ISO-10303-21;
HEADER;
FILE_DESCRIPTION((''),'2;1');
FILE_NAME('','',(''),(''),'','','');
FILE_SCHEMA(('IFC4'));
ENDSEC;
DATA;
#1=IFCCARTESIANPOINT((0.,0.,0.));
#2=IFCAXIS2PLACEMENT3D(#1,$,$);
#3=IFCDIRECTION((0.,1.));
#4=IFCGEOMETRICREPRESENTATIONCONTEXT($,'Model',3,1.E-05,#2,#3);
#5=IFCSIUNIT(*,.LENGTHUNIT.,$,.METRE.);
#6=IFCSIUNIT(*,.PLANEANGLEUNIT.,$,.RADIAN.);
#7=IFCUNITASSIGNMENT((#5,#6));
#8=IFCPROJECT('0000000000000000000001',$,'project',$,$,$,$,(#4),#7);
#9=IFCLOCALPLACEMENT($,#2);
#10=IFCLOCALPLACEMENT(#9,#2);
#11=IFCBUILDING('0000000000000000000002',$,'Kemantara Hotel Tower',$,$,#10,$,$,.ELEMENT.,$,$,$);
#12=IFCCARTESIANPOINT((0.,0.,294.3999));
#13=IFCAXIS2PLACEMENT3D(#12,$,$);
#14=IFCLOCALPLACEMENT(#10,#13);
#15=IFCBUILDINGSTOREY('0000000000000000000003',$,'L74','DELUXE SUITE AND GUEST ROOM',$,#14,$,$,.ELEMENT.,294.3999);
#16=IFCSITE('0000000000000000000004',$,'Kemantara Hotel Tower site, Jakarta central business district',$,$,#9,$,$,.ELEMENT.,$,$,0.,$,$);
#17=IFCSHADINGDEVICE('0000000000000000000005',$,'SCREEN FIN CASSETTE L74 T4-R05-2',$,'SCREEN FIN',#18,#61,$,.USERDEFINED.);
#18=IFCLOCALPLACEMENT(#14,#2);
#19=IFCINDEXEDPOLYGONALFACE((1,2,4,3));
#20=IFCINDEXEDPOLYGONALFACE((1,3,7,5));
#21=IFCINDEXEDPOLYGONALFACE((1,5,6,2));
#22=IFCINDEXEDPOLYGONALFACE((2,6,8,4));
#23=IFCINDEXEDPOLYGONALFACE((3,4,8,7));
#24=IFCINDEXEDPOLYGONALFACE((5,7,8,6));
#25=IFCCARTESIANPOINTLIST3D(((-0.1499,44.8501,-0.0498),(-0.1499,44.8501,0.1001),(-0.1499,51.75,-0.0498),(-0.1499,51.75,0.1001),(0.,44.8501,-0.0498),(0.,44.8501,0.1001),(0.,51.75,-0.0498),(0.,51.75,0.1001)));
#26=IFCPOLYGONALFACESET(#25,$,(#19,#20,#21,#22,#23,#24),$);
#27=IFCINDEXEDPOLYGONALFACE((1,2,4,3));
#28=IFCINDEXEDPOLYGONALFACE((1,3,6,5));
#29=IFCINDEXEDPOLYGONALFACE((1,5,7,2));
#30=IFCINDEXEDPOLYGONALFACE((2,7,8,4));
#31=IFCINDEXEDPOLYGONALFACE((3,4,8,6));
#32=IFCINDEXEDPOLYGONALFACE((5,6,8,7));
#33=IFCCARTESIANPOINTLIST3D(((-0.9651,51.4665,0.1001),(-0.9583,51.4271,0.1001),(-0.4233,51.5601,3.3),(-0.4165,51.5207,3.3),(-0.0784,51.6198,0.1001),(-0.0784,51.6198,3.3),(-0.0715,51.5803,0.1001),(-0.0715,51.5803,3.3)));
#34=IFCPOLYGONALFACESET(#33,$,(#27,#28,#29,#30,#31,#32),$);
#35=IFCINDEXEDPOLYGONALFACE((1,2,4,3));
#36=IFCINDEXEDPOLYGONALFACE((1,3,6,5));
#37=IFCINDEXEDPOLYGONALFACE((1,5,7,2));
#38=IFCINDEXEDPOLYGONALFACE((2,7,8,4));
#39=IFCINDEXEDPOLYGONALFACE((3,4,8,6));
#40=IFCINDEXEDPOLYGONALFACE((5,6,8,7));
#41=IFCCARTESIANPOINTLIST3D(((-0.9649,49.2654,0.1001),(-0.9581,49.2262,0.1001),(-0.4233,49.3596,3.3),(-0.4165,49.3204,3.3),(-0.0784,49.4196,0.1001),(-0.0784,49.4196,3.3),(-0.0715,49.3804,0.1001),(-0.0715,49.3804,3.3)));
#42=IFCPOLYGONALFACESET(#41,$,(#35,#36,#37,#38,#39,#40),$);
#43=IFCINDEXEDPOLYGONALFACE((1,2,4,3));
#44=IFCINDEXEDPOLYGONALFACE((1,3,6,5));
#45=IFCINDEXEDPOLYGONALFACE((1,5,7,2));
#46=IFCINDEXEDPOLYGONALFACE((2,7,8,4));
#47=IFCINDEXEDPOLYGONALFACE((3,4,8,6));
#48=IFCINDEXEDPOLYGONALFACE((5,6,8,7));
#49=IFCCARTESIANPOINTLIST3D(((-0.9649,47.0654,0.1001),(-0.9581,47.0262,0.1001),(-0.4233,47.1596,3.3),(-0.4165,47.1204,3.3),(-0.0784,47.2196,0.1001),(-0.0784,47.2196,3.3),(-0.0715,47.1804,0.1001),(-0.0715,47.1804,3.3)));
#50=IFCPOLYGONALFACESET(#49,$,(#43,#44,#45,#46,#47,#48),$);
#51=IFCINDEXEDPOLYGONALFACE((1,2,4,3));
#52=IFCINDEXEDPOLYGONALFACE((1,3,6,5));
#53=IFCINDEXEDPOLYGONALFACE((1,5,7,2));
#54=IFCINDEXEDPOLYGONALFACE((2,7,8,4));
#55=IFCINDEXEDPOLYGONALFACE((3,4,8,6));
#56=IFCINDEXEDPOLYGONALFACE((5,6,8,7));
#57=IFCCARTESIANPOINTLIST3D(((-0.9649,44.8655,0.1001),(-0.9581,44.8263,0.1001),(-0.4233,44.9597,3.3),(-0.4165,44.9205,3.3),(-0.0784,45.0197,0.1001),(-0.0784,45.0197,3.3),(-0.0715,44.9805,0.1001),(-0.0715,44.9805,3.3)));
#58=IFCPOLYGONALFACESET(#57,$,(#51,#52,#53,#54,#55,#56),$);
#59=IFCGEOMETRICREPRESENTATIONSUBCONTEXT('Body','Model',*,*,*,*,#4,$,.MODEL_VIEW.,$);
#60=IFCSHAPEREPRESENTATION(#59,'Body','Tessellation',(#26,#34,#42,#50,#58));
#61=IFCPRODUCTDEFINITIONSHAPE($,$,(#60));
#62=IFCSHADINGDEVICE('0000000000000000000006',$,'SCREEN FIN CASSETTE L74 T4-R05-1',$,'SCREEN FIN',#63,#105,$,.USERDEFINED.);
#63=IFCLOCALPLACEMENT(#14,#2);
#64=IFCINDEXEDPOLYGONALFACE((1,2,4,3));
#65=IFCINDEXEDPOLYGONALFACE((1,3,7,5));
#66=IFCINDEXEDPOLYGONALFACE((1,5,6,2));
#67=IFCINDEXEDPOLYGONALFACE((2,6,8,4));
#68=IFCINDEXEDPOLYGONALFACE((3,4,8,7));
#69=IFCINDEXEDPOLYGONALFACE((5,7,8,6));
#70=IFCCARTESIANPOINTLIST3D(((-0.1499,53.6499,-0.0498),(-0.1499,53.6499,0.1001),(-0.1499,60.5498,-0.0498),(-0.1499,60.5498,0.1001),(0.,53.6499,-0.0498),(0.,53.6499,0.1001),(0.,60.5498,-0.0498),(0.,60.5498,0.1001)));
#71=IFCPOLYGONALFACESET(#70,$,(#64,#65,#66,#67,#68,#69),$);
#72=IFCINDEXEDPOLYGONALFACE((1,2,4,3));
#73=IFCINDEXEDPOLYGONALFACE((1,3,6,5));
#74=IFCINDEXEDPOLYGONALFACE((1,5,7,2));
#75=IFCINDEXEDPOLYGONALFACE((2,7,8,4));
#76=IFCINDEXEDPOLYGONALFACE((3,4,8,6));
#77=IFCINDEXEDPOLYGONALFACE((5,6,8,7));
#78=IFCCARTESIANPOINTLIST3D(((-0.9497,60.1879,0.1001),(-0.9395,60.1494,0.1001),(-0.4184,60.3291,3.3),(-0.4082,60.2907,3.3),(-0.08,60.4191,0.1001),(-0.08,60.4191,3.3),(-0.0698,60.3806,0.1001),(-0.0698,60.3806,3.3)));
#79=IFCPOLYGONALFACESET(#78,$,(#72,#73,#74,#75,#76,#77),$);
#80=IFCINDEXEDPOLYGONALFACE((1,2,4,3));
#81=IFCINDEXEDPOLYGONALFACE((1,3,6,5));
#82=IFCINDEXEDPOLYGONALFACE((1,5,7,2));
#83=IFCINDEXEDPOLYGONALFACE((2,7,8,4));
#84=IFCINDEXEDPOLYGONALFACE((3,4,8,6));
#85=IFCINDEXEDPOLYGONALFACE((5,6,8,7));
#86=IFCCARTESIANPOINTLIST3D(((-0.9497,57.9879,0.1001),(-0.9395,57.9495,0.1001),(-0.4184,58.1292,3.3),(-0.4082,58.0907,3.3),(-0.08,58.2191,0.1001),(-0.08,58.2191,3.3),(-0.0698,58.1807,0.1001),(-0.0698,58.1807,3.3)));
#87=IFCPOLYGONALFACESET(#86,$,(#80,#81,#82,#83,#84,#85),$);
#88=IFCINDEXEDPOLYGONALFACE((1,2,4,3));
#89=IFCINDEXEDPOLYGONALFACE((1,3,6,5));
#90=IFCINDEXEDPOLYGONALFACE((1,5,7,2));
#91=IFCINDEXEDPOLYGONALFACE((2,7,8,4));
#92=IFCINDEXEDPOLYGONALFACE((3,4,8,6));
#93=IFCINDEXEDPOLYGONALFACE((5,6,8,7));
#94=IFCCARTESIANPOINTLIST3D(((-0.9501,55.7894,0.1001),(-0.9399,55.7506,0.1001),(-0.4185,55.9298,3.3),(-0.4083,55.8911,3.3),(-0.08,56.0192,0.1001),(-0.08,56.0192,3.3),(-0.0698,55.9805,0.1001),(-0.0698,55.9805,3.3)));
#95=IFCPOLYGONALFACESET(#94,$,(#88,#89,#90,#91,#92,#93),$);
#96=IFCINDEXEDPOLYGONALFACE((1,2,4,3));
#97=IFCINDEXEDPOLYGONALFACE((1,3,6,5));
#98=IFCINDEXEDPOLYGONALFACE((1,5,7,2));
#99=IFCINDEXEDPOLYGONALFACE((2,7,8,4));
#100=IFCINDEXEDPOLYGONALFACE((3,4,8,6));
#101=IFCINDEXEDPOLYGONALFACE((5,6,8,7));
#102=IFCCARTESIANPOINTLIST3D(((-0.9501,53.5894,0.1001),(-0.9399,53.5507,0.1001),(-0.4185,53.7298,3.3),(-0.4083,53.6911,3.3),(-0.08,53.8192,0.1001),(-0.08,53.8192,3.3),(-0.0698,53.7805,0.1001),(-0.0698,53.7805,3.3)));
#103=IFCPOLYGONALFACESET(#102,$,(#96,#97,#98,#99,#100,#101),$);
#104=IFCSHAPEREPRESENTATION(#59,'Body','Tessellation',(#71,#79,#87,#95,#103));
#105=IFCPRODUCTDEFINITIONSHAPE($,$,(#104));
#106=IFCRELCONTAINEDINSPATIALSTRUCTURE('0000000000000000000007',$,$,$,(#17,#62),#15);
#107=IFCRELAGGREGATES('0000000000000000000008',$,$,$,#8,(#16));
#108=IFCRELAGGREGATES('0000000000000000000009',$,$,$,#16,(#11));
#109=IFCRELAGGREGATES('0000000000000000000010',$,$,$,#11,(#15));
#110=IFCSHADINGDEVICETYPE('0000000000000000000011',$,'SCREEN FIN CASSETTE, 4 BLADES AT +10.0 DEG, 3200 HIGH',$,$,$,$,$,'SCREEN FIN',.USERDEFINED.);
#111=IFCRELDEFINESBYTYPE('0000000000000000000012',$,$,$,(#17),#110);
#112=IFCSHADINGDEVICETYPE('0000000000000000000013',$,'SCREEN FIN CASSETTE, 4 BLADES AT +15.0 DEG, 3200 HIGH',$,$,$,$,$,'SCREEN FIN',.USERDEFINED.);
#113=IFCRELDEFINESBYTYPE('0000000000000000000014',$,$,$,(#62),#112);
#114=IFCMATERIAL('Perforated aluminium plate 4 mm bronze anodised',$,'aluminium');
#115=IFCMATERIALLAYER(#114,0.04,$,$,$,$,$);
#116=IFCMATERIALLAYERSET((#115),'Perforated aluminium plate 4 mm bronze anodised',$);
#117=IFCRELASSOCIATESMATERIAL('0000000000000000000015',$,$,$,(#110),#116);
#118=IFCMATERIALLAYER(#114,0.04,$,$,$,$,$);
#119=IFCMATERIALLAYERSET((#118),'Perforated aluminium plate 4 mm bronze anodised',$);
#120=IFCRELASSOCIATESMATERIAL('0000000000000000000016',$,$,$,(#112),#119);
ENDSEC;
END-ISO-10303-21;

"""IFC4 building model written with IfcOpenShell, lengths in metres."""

from ifc_helpers import new_model, si_unit, direction, frame, origin, origin_2d, place, context, subcontext, project, spatial, polyline, rectangle, outline, extrude, source, transform, mapped, material, layer, layer_set, type_object, element, save


model = new_model("IFC4")

# Units and contexts
model_context = context("Model", 3, precision=1e-05, world=origin(), true_north=direction((0.0, 1.0)))
body_context = subcontext(model_context, "Body", "Model", "MODEL_VIEW")
ifc_project = project(units=[si_unit("LENGTHUNIT", "METRE"), si_unit("PLANEANGLEUNIT", "RADIAN")], contexts=[model_context])

# Site, building, storey
site_placement = place(None, origin())
site = spatial("IfcSite", under=ifc_project, at=site_placement, Name="Kemantara Hotel Tower site, Jakarta central business district", CompositionType="ELEMENT", RefElevation=0.0)
building_placement = place(site_placement, origin())
building = spatial("IfcBuilding", under=site, at=building_placement, Name="Kemantara Hotel Tower", CompositionType="ELEMENT")
storey_placement = place(building_placement, frame((0.0, 0.0, 294.3999)))
storey = spatial("IfcBuildingStorey", under=building, at=storey_placement, Name="L74", Description="DELUXE SUITE AND GUEST ROOM", CompositionType="ELEMENT", Elevation=294.3999)

# Shading devices
ifc_material_1 = material(Name="Perforated aluminium plate 4 mm bronze anodised", Category="aluminium")
ifc_layer_1 = layer(ifc_material_1, 0.04)
ifc_layer_set_1 = layer_set([ifc_layer_1], Name="Perforated aluminium plate 4 mm bronze anodised")
shading_device_type_1 = type_object("IfcShadingDeviceType", Name="SCREEN FIN CASSETTE, 4 BLADES AT +10.0 DEG, 3200 HIGH", ElementType="SCREEN FIN", PredefinedType="USERDEFINED", material=ifc_layer_set_1)
shared_shape_1 = source(origin(), body_context, "Body", "SweptSolid", [
    extrude(rectangle(XDim=6.8999, YDim=0.1499, at=origin_2d()), frame((3.3, -0.075, -0.1499), z_axis=(0.0, 0.0, 1.0), x_axis=(1.0, 0.0, 0.0)), (0.0, 0.0, 1.0), 0.1499),
    extrude(outline(polyline([(0.0, 0.0), (0.8999, 0.0), (0.3501, 3.2), (0.0, 3.2), (0.0, 0.0)])), frame((0.0198, -0.0715, 0.0), z_axis=(-0.98539, -0.170314, 0.0), x_axis=(0.170314, -0.98539, 0.0)), (0.0, 0.0, 1.0), 0.04),
    extrude(outline(polyline([(0.0, 0.0), (0.8999, 0.0), (0.3501, 3.2), (0.0, 3.2), (0.0, 0.0)])), frame((2.2197, -0.0715, 0.0), z_axis=(-0.985212, -0.171341, 0.0), x_axis=(0.171341, -0.985212, 0.0)), (0.0, 0.0, 1.0), 0.0398),
    extrude(outline(polyline([(0.0, 0.0), (0.8999, 0.0), (0.3501, 3.2), (0.0, 3.2), (0.0, 0.0)])), frame((4.4197, -0.0715, 0.0), z_axis=(-0.985212, -0.171341, 0.0), x_axis=(0.171341, -0.985212, 0.0)), (0.0, 0.0, 1.0), 0.0398),
    extrude(outline(polyline([(0.0, 0.0), (0.8999, 0.0), (0.3501, 3.2), (0.0, 3.2), (0.0, 0.0)])), frame((6.6196, -0.0715, 0.0), z_axis=(-0.985212, -0.171341, 0.0), x_axis=(0.171341, -0.985212, 0.0)), (0.0, 0.0, 1.0), 0.0398),
])
shading_device_1_placement = place(storey_placement, frame((0.0, 51.6001, 0.1001), z_axis=(0.0, 0.0, 1.0), x_axis=(0.0, -1.0, 0.0)))
element("IfcShadingDevice", 1, at=shading_device_1_placement, inside=storey, type_object=shading_device_type_1, Name="SCREEN FIN CASSETTE L74 T4-R05-2", ObjectType="SCREEN FIN", PredefinedType="USERDEFINED", context=body_context, shape_type="MappedRepresentation", body=[
    mapped(shared_shape_1, transform((0.0, 0.0, 0.0))),
])
ifc_layer_2 = layer(ifc_material_1, 0.04)
ifc_layer_set_2 = layer_set([ifc_layer_2], Name="Perforated aluminium plate 4 mm bronze anodised")
shading_device_type_2 = type_object("IfcShadingDeviceType", Name="SCREEN FIN CASSETTE, 4 BLADES AT +15.0 DEG, 3200 HIGH", ElementType="SCREEN FIN", PredefinedType="USERDEFINED", material=ifc_layer_set_2)
shared_shape_2 = source(origin(), body_context, "Body", "SweptSolid", [
    extrude(rectangle(XDim=6.8999, YDim=0.1499, at=origin_2d()), frame((3.3, -0.075, -0.1499), z_axis=(0.0, 0.0, 1.0), x_axis=(1.0, 0.0, 0.0)), (0.0, 0.0, 1.0), 0.1499),
    extrude(outline(polyline([(0.0, 0.0), (0.8999, 0.0), (0.3501, 3.2), (0.0, 3.2), (0.0, 0.0)])), frame((0.0193, -0.0698, 0.0), z_axis=(-0.966438, -0.256901, 0.0), x_axis=(0.256901, -0.966438, 0.0)), (0.0, 0.0, 1.0), 0.0398),
    extrude(outline(polyline([(0.0, 0.0), (0.8999, 0.0), (0.3501, 3.2), (0.0, 3.2), (0.0, 0.0)])), frame((2.2192, -0.0698, 0.0), z_axis=(-0.966438, -0.256901, 0.0), x_axis=(0.256901, -0.966438, 0.0)), (0.0, 0.0, 1.0), 0.0398),
    extrude(outline(polyline([(0.0, 0.0), (0.8999, 0.0), (0.3501, 3.2), (0.0, 3.2), (0.0, 0.0)])), frame((4.4194, -0.0698, 0.0), z_axis=(-0.966838, -0.255391, 0.0), x_axis=(0.255391, -0.966838, 0.0)), (0.0, 0.0, 1.0), 0.04),
    extrude(outline(polyline([(0.0, 0.0), (0.8999, 0.0), (0.3501, 3.2), (0.0, 3.2), (0.0, 0.0)])), frame((6.6194, -0.0698, 0.0), z_axis=(-0.966838, -0.255391, 0.0), x_axis=(0.255391, -0.966838, 0.0)), (0.0, 0.0, 1.0), 0.04),
])
shading_device_2_placement = place(storey_placement, frame((0.0, 60.3999, 0.1001), z_axis=(0.0, 0.0, 1.0), x_axis=(0.0, -1.0, 0.0)))
element("IfcShadingDevice", 2, at=shading_device_2_placement, inside=storey, type_object=shading_device_type_2, Name="SCREEN FIN CASSETTE L74 T4-R05-1", ObjectType="SCREEN FIN", PredefinedType="USERDEFINED", context=body_context, shape_type="MappedRepresentation", body=[
    mapped(shared_shape_2, transform((0.0, 0.0, 0.0))),
])

save(model, "model.ifc")
